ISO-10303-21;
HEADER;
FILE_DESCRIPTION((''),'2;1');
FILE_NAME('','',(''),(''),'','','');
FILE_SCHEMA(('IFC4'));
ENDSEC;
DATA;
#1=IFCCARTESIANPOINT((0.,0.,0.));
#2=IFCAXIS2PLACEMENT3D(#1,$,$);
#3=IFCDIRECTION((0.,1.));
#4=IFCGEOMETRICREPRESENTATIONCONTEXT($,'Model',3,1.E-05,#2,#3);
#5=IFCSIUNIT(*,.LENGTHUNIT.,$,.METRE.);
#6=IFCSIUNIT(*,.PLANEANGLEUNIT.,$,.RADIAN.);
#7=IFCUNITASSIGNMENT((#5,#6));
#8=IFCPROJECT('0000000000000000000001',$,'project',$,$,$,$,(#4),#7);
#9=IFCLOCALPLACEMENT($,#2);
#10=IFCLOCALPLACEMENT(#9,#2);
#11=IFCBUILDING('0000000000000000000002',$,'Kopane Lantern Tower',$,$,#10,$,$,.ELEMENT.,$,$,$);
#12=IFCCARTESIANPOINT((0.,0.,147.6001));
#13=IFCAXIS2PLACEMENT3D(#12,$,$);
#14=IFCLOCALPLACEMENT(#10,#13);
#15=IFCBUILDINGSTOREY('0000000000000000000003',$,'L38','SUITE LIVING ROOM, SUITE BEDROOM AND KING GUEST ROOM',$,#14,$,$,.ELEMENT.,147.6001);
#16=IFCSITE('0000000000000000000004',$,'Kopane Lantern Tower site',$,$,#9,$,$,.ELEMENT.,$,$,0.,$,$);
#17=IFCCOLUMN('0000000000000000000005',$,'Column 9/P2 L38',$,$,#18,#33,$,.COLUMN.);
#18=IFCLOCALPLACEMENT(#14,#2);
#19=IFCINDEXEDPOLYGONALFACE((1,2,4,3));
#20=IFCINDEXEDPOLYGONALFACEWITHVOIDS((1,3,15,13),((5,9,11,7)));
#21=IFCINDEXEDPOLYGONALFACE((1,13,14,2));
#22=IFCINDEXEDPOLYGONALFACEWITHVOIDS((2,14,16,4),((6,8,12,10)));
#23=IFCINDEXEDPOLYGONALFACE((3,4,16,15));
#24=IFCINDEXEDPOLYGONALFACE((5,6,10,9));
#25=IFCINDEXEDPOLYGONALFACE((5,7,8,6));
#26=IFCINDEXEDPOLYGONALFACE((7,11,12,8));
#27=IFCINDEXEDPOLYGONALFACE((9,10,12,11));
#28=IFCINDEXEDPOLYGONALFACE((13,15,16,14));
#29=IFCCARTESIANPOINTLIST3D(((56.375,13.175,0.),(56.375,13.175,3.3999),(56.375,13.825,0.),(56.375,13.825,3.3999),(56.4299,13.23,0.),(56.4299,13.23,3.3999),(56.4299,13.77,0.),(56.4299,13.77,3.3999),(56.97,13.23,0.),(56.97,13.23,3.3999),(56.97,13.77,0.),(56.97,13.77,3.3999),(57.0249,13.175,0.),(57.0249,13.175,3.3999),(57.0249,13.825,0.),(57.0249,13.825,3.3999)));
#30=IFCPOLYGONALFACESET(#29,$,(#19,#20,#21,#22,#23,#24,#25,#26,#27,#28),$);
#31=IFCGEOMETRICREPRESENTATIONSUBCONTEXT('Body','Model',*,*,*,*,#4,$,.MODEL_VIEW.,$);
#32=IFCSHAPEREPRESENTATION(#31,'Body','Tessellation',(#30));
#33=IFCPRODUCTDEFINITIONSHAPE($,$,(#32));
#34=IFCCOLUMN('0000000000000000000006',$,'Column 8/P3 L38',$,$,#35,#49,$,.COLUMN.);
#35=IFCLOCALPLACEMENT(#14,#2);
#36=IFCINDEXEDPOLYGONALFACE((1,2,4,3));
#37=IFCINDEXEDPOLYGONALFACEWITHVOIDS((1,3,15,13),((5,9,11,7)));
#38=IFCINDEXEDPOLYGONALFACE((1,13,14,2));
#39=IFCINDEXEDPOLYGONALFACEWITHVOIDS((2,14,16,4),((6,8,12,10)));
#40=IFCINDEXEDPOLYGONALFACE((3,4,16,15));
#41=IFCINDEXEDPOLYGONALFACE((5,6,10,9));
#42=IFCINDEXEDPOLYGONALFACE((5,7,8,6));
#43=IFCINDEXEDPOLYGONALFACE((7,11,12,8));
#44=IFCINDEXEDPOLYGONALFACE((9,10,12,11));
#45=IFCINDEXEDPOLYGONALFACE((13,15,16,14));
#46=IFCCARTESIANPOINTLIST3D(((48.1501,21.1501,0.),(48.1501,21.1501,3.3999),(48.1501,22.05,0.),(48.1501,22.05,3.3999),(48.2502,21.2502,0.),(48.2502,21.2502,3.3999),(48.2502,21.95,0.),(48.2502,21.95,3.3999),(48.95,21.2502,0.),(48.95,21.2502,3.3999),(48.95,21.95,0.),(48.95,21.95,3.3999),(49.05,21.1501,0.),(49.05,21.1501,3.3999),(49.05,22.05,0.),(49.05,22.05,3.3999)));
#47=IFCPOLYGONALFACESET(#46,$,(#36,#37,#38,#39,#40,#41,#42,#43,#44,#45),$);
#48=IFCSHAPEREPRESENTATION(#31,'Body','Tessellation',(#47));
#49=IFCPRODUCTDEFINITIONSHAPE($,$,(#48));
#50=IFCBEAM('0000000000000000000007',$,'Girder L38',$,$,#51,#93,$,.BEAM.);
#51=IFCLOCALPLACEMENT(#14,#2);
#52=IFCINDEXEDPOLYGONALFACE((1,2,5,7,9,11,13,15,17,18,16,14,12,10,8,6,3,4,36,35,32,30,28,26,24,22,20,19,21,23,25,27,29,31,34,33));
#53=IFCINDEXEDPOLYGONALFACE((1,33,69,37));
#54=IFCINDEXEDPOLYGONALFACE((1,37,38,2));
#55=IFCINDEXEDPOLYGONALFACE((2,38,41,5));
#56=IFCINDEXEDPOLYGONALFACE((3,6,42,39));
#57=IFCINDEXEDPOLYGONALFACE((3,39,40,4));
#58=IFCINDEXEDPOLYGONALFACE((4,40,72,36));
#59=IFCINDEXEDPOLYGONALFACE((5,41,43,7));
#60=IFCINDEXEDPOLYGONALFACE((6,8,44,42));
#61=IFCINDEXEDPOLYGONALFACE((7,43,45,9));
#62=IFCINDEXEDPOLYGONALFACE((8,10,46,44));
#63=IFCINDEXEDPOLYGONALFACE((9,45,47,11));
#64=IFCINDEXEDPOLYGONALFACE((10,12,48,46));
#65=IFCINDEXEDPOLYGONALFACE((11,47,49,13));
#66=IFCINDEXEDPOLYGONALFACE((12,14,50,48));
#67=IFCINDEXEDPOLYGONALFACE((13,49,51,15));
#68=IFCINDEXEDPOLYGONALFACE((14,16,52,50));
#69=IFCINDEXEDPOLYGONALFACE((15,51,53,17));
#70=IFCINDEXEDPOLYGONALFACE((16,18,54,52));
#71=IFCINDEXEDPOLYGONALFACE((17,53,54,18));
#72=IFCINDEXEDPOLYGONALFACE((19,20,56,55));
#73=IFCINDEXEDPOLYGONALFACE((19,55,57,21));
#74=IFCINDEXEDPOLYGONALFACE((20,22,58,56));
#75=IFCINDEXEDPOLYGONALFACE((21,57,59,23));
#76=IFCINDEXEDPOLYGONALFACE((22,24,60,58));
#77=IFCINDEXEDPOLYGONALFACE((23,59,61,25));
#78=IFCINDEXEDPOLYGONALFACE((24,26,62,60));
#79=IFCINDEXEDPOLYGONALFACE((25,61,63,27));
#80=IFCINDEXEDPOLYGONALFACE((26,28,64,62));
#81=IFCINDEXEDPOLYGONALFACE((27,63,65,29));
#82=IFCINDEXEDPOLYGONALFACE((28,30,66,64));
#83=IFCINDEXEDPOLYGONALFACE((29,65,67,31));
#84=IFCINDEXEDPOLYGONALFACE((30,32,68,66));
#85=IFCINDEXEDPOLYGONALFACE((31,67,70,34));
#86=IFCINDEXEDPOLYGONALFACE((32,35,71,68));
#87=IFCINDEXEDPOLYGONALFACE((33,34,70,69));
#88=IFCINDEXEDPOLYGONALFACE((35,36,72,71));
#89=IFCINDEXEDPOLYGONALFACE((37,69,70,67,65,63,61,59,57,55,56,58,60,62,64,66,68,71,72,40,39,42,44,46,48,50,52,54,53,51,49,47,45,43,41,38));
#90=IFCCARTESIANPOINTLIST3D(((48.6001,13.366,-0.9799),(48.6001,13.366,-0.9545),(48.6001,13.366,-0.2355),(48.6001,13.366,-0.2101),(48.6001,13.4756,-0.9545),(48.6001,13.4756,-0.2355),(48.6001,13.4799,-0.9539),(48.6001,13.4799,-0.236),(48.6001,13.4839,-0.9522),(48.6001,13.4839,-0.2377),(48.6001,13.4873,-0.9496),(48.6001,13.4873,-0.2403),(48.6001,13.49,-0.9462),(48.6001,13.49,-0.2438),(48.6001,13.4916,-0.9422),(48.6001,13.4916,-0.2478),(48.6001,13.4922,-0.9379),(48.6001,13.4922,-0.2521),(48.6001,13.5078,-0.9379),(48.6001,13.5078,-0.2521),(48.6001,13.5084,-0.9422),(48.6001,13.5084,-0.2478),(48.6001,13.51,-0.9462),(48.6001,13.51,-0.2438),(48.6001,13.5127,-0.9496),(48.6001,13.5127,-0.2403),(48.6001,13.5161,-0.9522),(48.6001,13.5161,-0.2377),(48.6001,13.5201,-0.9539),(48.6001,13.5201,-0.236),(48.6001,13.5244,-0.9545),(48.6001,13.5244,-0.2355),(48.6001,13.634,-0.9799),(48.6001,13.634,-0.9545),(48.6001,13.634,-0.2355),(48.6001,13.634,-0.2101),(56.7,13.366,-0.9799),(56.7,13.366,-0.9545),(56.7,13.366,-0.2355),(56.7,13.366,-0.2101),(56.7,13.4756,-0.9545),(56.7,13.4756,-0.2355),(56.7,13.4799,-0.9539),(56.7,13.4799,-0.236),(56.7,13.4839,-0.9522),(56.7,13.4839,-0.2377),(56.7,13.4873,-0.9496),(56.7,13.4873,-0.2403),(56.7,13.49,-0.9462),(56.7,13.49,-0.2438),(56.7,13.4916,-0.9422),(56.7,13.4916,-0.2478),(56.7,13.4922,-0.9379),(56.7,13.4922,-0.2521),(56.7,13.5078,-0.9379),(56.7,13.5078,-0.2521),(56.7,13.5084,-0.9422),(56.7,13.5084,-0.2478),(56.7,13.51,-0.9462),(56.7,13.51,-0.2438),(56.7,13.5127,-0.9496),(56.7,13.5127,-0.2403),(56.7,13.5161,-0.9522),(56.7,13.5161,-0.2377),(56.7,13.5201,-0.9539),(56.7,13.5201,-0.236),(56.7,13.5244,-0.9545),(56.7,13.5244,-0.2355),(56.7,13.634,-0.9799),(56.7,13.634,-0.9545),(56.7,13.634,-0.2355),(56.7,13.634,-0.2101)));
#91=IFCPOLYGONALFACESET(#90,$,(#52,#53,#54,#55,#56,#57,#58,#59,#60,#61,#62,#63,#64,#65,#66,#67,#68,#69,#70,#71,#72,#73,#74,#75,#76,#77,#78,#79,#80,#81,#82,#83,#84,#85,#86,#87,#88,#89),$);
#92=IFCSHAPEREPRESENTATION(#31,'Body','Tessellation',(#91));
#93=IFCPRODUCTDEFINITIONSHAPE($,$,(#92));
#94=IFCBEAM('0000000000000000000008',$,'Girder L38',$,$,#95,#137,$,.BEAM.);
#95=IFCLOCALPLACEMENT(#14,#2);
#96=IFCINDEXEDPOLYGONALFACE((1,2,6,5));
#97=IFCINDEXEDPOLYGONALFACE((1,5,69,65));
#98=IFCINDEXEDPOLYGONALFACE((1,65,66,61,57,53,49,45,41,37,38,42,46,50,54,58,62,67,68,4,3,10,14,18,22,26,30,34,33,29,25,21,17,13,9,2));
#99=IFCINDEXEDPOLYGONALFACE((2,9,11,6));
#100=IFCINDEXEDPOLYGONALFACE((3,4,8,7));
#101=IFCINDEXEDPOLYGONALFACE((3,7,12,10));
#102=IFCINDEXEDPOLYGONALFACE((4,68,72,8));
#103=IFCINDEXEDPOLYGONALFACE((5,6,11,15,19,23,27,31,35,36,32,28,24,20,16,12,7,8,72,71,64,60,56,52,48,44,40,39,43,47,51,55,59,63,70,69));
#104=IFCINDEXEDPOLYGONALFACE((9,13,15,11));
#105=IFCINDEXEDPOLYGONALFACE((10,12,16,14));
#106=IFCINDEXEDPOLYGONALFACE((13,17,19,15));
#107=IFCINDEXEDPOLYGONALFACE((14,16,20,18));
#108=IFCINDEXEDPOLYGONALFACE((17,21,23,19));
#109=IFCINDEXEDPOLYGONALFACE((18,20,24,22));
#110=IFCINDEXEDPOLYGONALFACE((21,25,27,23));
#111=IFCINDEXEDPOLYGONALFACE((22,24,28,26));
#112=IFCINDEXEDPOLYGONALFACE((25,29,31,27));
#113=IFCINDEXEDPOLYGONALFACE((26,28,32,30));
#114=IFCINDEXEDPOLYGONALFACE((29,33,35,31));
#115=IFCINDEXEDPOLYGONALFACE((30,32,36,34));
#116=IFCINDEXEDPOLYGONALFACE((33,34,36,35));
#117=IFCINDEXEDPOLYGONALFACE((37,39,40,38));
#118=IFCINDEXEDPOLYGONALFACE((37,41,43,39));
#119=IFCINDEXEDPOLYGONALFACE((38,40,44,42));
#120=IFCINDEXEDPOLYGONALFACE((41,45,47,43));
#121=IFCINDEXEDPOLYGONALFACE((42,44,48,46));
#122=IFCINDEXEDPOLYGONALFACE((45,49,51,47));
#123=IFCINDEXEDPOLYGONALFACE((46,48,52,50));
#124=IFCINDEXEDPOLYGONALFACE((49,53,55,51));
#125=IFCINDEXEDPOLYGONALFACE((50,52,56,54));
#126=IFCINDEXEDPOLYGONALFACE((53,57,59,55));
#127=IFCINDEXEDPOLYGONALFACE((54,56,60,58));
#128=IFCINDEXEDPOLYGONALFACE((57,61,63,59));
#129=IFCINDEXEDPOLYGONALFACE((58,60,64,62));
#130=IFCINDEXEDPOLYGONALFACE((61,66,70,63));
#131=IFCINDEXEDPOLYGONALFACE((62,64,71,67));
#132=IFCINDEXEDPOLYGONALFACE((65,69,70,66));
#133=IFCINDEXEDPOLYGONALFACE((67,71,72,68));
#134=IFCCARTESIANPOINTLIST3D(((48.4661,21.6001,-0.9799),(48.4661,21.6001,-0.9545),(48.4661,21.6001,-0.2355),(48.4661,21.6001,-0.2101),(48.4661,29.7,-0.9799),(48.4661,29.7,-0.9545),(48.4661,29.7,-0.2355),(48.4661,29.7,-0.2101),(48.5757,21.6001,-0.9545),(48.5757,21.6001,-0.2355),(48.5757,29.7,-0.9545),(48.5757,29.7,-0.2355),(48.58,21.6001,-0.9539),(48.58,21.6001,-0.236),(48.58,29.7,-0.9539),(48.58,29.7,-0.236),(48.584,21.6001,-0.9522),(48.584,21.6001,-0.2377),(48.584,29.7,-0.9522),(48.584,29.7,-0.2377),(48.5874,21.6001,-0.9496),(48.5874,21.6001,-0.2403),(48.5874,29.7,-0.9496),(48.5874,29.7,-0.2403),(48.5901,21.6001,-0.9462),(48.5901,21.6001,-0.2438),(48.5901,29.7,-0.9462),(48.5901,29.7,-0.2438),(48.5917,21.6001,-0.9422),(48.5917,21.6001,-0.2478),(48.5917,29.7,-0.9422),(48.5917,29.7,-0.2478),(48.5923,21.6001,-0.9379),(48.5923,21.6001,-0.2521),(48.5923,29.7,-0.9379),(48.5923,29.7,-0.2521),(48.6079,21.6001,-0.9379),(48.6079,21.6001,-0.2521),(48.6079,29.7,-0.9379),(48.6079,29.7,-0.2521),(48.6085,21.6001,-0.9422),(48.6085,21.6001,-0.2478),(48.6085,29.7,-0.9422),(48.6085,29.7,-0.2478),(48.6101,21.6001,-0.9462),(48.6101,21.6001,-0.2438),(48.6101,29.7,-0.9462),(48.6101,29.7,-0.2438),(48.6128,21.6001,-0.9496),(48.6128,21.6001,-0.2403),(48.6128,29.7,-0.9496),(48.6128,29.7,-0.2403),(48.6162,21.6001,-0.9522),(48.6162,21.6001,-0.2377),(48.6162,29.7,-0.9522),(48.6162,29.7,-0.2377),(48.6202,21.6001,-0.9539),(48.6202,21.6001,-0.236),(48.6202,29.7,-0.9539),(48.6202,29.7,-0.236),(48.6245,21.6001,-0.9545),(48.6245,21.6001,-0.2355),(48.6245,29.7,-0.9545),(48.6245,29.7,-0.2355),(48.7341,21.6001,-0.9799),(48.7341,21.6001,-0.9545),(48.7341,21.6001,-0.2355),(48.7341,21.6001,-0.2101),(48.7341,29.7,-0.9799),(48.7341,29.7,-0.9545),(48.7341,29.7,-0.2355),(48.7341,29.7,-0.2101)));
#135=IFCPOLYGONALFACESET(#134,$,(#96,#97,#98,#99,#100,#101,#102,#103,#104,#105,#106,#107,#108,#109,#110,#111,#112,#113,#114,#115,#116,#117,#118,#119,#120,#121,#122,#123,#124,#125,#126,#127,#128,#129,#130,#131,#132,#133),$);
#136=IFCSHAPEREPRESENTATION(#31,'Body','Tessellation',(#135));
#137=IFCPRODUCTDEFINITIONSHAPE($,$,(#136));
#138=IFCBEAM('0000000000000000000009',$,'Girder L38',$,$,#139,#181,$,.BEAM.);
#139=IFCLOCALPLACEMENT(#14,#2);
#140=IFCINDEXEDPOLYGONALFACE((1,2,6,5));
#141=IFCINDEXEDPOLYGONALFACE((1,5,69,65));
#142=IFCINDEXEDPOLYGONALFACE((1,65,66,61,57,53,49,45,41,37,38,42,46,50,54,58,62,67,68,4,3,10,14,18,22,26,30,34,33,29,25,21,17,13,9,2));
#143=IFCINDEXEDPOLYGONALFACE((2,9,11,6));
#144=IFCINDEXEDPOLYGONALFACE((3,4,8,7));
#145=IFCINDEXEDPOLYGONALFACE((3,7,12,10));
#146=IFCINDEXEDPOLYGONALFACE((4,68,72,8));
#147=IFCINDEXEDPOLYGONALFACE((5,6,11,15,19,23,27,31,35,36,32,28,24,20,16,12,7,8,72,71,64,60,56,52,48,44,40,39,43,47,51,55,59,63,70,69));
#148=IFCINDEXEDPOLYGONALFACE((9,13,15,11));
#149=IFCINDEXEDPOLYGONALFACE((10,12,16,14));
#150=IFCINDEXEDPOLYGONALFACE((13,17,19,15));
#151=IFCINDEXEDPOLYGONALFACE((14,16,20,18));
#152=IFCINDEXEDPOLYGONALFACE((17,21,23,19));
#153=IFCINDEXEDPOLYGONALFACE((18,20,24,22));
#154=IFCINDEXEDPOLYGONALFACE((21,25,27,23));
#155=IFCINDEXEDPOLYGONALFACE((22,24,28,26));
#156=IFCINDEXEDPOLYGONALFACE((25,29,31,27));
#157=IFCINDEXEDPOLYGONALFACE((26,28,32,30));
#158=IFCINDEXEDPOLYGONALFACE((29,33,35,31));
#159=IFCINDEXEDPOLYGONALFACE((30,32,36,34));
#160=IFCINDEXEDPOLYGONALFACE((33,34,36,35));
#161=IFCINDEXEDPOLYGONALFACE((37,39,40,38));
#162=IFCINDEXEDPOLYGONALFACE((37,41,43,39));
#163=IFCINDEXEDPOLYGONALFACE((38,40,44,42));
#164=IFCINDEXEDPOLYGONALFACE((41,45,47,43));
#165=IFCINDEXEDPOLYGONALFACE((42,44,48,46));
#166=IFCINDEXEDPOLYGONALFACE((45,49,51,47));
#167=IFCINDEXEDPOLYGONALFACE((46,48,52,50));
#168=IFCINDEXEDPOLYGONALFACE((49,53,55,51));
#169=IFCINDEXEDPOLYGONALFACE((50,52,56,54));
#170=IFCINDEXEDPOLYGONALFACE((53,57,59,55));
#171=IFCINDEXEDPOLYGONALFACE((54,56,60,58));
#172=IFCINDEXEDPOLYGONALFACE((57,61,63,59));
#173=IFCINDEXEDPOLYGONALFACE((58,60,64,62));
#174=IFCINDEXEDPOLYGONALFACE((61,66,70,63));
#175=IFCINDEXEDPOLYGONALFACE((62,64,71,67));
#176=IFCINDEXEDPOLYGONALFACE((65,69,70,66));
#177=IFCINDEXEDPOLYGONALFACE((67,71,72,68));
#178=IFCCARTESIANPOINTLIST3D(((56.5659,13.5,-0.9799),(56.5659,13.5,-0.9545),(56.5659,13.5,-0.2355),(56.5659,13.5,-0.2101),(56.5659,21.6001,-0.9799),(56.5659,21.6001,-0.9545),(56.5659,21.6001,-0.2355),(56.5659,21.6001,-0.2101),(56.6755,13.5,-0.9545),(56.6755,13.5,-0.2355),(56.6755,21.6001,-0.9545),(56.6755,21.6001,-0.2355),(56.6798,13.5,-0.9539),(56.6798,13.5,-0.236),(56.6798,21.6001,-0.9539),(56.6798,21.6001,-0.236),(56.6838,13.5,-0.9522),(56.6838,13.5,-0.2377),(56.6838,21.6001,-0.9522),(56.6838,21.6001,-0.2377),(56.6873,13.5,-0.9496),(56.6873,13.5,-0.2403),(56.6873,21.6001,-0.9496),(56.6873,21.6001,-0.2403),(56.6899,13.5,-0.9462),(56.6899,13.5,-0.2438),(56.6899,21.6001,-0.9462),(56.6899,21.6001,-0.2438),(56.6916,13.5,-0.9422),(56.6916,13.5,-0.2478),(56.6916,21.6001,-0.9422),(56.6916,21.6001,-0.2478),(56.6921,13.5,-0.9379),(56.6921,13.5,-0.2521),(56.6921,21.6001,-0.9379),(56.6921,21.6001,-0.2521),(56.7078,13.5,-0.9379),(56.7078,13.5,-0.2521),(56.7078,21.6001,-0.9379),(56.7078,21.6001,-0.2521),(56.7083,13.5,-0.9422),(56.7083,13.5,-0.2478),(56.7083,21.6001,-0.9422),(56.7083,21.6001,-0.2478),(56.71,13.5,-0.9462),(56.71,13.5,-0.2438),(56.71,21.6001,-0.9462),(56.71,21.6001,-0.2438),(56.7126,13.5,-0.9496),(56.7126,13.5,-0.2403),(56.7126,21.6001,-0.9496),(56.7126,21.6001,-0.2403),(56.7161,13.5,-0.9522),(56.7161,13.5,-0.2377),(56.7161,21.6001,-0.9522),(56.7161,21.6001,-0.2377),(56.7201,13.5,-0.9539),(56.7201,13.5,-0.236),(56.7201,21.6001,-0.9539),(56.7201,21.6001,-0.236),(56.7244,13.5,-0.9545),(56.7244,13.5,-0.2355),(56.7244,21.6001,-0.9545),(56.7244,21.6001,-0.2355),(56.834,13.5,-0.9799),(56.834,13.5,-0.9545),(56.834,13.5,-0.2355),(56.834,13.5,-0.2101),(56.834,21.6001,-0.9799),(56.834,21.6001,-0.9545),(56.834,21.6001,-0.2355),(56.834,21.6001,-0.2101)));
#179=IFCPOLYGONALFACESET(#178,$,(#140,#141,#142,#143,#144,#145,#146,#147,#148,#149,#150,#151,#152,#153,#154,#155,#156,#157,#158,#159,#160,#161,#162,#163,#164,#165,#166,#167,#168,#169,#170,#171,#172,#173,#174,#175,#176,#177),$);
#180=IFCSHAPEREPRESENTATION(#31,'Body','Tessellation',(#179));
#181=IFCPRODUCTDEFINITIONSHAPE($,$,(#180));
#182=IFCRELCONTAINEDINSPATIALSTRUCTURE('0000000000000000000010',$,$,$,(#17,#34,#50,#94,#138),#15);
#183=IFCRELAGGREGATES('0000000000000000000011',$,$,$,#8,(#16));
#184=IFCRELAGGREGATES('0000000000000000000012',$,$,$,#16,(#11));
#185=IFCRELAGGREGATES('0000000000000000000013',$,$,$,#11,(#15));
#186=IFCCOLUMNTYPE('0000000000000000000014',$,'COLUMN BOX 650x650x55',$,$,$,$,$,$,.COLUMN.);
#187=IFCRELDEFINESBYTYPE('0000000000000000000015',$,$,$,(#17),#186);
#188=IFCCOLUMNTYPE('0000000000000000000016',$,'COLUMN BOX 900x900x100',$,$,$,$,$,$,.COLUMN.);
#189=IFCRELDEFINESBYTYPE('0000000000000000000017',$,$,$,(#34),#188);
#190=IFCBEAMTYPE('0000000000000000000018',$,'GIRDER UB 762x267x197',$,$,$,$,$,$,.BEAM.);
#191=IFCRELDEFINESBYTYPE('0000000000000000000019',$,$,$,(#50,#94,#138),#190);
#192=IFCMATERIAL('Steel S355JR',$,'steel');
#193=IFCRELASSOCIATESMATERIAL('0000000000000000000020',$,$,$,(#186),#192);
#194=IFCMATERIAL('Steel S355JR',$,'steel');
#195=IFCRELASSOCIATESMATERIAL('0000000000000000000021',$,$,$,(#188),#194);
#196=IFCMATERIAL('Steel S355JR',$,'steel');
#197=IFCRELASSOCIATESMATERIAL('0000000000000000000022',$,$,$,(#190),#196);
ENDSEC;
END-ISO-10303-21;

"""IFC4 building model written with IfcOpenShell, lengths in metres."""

from ifc_helpers import new_model, si_unit, direction, frame, origin, origin_2d, place, context, subcontext, project, spatial, hollow_rectangle, i_section, extrude, material, material_profile, profile_set, type_object, element, save


model = new_model("IFC4")

# Units and contexts
model_context = context("Model", 3, precision=1e-05, world=origin(), true_north=direction((0.0, 1.0)))
body_context = subcontext(model_context, "Body", "Model", "MODEL_VIEW")
ifc_project = project(units=[si_unit("LENGTHUNIT", "METRE"), si_unit("PLANEANGLEUNIT", "RADIAN")], contexts=[model_context])

# Site, building, storey
site_placement = place(None, origin())
site = spatial("IfcSite", under=ifc_project, at=site_placement, Name="Kopane Lantern Tower site", CompositionType="ELEMENT", RefElevation=0.0)
building_placement = place(site_placement, origin())
building = spatial("IfcBuilding", under=site, at=building_placement, Name="Kopane Lantern Tower", CompositionType="ELEMENT")
storey_placement = place(building_placement, frame((0.0, 0.0, 147.6001)))
storey = spatial("IfcBuildingStorey", under=building, at=storey_placement, Name="L38", Description="SUITE LIVING ROOM, SUITE BEDROOM AND KING GUEST ROOM", CompositionType="ELEMENT", Elevation=147.6001)

# Columns
ifc_material_1 = material(Name="Steel S355JR", Category="steel")
ifc_material_profile_1 = material_profile(ifc_material_1, hollow_rectangle(XDim=0.6499, YDim=0.6499, WallThickness=0.0549, at=origin_2d()), Name="BOX 650x650x55")
ifc_profile_set_1 = profile_set([ifc_material_profile_1], Name="Steel S355JR")
column_type_1 = type_object("IfcColumnType", Name="COLUMN BOX 650x650x55", PredefinedType="COLUMN", material=ifc_profile_set_1)
column_1_placement = place(storey_placement, frame((56.7, 13.5, 0.0), z_axis=(0.0, 0.0, 1.0), x_axis=(1.0, 0.0, 0.0)))
element("IfcColumn", 1, at=column_1_placement, inside=storey, type_object=column_type_1, Name="Column 9/P2 L38", PredefinedType="COLUMN", context=body_context, shape_type="SweptSolid", body=[
    extrude(hollow_rectangle(XDim=0.6499, YDim=0.6499, WallThickness=0.0549, at=origin_2d()), origin(), (0.0, 0.0, 1.0), 3.3999),
])
ifc_material_2 = material(Name="Steel S355JR", Category="steel")
ifc_material_profile_2 = material_profile(ifc_material_2, hollow_rectangle(XDim=0.8999, YDim=0.8999, WallThickness=0.1001, at=origin_2d()), Name="BOX 900x900x100")
ifc_profile_set_2 = profile_set([ifc_material_profile_2], Name="Steel S355JR")
column_type_2 = type_object("IfcColumnType", Name="COLUMN BOX 900x900x100", PredefinedType="COLUMN", material=ifc_profile_set_2)
column_2_placement = place(storey_placement, frame((48.6001, 21.6001, 0.0), z_axis=(0.0, 0.0, 1.0), x_axis=(1.0, 0.0, 0.0)))
element("IfcColumn", 2, at=column_2_placement, inside=storey, type_object=column_type_2, Name="Column 8/P3 L38", PredefinedType="COLUMN", context=body_context, shape_type="SweptSolid", body=[
    extrude(hollow_rectangle(XDim=0.8999, YDim=0.8999, WallThickness=0.1001, at=origin_2d()), origin(), (0.0, 0.0, 1.0), 3.3999),
])

# Beams
ifc_material_3 = material(Name="Steel S355JR", Category="steel")
ifc_material_profile_3 = material_profile(ifc_material_3, i_section(OverallWidth=0.2681, OverallDepth=0.7698, WebThickness=0.0156, FlangeThickness=0.0254, FilletRadius=0.0166, at=origin_2d()), Name="UB 762x267x197")
ifc_profile_set_3 = profile_set([ifc_material_profile_3], Name="Steel S355JR")
beam_type = type_object("IfcBeamType", Name="GIRDER UB 762x267x197", PredefinedType="BEAM", material=ifc_profile_set_3)
for number, where, z_axis, x_axis, name in (
    (3, (48.6001, 13.5, -0.595), (1.0, 0.0, 0.0), (0.0, 1.0, 0.0), "Girder L38"),
    (4, (48.6001, 21.6001, -0.595), (0.0, 1.0, 0.0), (-1.0, 0.0, 0.0), "Girder L38"),
):
    element("IfcBeam", number, at=place(storey_placement, frame(where, z_axis=z_axis, x_axis=x_axis)), inside=storey, type_object=beam_type, Name=name, PredefinedType="BEAM", context=body_context, shape_type="SweptSolid", body=[
        extrude(i_section(OverallWidth=0.2681, OverallDepth=0.7698, WebThickness=0.0156, FlangeThickness=0.0254, FilletRadius=0.0166, at=origin_2d()), origin(), (0.0, 0.0, 1.0), 8.0999),
    ])
beam_placement = place(storey_placement, frame((56.7, 13.5, -0.595), z_axis=(0.0, 1.0, 0.0), x_axis=(-1.0, 0.0, 0.0)))
element("IfcBeam", 5, at=beam_placement, inside=storey, type_object=beam_type, Name="Girder L38", PredefinedType="BEAM", context=body_context, shape_type="SweptSolid", body=[
    extrude(i_section(OverallWidth=0.2681, OverallDepth=0.7698, WebThickness=0.0156, FlangeThickness=0.0254, FilletRadius=0.0166, at=origin_2d()), origin(), (0.0, 0.0, 1.0), 8.1001),
])

save(model, "model.ifc")
